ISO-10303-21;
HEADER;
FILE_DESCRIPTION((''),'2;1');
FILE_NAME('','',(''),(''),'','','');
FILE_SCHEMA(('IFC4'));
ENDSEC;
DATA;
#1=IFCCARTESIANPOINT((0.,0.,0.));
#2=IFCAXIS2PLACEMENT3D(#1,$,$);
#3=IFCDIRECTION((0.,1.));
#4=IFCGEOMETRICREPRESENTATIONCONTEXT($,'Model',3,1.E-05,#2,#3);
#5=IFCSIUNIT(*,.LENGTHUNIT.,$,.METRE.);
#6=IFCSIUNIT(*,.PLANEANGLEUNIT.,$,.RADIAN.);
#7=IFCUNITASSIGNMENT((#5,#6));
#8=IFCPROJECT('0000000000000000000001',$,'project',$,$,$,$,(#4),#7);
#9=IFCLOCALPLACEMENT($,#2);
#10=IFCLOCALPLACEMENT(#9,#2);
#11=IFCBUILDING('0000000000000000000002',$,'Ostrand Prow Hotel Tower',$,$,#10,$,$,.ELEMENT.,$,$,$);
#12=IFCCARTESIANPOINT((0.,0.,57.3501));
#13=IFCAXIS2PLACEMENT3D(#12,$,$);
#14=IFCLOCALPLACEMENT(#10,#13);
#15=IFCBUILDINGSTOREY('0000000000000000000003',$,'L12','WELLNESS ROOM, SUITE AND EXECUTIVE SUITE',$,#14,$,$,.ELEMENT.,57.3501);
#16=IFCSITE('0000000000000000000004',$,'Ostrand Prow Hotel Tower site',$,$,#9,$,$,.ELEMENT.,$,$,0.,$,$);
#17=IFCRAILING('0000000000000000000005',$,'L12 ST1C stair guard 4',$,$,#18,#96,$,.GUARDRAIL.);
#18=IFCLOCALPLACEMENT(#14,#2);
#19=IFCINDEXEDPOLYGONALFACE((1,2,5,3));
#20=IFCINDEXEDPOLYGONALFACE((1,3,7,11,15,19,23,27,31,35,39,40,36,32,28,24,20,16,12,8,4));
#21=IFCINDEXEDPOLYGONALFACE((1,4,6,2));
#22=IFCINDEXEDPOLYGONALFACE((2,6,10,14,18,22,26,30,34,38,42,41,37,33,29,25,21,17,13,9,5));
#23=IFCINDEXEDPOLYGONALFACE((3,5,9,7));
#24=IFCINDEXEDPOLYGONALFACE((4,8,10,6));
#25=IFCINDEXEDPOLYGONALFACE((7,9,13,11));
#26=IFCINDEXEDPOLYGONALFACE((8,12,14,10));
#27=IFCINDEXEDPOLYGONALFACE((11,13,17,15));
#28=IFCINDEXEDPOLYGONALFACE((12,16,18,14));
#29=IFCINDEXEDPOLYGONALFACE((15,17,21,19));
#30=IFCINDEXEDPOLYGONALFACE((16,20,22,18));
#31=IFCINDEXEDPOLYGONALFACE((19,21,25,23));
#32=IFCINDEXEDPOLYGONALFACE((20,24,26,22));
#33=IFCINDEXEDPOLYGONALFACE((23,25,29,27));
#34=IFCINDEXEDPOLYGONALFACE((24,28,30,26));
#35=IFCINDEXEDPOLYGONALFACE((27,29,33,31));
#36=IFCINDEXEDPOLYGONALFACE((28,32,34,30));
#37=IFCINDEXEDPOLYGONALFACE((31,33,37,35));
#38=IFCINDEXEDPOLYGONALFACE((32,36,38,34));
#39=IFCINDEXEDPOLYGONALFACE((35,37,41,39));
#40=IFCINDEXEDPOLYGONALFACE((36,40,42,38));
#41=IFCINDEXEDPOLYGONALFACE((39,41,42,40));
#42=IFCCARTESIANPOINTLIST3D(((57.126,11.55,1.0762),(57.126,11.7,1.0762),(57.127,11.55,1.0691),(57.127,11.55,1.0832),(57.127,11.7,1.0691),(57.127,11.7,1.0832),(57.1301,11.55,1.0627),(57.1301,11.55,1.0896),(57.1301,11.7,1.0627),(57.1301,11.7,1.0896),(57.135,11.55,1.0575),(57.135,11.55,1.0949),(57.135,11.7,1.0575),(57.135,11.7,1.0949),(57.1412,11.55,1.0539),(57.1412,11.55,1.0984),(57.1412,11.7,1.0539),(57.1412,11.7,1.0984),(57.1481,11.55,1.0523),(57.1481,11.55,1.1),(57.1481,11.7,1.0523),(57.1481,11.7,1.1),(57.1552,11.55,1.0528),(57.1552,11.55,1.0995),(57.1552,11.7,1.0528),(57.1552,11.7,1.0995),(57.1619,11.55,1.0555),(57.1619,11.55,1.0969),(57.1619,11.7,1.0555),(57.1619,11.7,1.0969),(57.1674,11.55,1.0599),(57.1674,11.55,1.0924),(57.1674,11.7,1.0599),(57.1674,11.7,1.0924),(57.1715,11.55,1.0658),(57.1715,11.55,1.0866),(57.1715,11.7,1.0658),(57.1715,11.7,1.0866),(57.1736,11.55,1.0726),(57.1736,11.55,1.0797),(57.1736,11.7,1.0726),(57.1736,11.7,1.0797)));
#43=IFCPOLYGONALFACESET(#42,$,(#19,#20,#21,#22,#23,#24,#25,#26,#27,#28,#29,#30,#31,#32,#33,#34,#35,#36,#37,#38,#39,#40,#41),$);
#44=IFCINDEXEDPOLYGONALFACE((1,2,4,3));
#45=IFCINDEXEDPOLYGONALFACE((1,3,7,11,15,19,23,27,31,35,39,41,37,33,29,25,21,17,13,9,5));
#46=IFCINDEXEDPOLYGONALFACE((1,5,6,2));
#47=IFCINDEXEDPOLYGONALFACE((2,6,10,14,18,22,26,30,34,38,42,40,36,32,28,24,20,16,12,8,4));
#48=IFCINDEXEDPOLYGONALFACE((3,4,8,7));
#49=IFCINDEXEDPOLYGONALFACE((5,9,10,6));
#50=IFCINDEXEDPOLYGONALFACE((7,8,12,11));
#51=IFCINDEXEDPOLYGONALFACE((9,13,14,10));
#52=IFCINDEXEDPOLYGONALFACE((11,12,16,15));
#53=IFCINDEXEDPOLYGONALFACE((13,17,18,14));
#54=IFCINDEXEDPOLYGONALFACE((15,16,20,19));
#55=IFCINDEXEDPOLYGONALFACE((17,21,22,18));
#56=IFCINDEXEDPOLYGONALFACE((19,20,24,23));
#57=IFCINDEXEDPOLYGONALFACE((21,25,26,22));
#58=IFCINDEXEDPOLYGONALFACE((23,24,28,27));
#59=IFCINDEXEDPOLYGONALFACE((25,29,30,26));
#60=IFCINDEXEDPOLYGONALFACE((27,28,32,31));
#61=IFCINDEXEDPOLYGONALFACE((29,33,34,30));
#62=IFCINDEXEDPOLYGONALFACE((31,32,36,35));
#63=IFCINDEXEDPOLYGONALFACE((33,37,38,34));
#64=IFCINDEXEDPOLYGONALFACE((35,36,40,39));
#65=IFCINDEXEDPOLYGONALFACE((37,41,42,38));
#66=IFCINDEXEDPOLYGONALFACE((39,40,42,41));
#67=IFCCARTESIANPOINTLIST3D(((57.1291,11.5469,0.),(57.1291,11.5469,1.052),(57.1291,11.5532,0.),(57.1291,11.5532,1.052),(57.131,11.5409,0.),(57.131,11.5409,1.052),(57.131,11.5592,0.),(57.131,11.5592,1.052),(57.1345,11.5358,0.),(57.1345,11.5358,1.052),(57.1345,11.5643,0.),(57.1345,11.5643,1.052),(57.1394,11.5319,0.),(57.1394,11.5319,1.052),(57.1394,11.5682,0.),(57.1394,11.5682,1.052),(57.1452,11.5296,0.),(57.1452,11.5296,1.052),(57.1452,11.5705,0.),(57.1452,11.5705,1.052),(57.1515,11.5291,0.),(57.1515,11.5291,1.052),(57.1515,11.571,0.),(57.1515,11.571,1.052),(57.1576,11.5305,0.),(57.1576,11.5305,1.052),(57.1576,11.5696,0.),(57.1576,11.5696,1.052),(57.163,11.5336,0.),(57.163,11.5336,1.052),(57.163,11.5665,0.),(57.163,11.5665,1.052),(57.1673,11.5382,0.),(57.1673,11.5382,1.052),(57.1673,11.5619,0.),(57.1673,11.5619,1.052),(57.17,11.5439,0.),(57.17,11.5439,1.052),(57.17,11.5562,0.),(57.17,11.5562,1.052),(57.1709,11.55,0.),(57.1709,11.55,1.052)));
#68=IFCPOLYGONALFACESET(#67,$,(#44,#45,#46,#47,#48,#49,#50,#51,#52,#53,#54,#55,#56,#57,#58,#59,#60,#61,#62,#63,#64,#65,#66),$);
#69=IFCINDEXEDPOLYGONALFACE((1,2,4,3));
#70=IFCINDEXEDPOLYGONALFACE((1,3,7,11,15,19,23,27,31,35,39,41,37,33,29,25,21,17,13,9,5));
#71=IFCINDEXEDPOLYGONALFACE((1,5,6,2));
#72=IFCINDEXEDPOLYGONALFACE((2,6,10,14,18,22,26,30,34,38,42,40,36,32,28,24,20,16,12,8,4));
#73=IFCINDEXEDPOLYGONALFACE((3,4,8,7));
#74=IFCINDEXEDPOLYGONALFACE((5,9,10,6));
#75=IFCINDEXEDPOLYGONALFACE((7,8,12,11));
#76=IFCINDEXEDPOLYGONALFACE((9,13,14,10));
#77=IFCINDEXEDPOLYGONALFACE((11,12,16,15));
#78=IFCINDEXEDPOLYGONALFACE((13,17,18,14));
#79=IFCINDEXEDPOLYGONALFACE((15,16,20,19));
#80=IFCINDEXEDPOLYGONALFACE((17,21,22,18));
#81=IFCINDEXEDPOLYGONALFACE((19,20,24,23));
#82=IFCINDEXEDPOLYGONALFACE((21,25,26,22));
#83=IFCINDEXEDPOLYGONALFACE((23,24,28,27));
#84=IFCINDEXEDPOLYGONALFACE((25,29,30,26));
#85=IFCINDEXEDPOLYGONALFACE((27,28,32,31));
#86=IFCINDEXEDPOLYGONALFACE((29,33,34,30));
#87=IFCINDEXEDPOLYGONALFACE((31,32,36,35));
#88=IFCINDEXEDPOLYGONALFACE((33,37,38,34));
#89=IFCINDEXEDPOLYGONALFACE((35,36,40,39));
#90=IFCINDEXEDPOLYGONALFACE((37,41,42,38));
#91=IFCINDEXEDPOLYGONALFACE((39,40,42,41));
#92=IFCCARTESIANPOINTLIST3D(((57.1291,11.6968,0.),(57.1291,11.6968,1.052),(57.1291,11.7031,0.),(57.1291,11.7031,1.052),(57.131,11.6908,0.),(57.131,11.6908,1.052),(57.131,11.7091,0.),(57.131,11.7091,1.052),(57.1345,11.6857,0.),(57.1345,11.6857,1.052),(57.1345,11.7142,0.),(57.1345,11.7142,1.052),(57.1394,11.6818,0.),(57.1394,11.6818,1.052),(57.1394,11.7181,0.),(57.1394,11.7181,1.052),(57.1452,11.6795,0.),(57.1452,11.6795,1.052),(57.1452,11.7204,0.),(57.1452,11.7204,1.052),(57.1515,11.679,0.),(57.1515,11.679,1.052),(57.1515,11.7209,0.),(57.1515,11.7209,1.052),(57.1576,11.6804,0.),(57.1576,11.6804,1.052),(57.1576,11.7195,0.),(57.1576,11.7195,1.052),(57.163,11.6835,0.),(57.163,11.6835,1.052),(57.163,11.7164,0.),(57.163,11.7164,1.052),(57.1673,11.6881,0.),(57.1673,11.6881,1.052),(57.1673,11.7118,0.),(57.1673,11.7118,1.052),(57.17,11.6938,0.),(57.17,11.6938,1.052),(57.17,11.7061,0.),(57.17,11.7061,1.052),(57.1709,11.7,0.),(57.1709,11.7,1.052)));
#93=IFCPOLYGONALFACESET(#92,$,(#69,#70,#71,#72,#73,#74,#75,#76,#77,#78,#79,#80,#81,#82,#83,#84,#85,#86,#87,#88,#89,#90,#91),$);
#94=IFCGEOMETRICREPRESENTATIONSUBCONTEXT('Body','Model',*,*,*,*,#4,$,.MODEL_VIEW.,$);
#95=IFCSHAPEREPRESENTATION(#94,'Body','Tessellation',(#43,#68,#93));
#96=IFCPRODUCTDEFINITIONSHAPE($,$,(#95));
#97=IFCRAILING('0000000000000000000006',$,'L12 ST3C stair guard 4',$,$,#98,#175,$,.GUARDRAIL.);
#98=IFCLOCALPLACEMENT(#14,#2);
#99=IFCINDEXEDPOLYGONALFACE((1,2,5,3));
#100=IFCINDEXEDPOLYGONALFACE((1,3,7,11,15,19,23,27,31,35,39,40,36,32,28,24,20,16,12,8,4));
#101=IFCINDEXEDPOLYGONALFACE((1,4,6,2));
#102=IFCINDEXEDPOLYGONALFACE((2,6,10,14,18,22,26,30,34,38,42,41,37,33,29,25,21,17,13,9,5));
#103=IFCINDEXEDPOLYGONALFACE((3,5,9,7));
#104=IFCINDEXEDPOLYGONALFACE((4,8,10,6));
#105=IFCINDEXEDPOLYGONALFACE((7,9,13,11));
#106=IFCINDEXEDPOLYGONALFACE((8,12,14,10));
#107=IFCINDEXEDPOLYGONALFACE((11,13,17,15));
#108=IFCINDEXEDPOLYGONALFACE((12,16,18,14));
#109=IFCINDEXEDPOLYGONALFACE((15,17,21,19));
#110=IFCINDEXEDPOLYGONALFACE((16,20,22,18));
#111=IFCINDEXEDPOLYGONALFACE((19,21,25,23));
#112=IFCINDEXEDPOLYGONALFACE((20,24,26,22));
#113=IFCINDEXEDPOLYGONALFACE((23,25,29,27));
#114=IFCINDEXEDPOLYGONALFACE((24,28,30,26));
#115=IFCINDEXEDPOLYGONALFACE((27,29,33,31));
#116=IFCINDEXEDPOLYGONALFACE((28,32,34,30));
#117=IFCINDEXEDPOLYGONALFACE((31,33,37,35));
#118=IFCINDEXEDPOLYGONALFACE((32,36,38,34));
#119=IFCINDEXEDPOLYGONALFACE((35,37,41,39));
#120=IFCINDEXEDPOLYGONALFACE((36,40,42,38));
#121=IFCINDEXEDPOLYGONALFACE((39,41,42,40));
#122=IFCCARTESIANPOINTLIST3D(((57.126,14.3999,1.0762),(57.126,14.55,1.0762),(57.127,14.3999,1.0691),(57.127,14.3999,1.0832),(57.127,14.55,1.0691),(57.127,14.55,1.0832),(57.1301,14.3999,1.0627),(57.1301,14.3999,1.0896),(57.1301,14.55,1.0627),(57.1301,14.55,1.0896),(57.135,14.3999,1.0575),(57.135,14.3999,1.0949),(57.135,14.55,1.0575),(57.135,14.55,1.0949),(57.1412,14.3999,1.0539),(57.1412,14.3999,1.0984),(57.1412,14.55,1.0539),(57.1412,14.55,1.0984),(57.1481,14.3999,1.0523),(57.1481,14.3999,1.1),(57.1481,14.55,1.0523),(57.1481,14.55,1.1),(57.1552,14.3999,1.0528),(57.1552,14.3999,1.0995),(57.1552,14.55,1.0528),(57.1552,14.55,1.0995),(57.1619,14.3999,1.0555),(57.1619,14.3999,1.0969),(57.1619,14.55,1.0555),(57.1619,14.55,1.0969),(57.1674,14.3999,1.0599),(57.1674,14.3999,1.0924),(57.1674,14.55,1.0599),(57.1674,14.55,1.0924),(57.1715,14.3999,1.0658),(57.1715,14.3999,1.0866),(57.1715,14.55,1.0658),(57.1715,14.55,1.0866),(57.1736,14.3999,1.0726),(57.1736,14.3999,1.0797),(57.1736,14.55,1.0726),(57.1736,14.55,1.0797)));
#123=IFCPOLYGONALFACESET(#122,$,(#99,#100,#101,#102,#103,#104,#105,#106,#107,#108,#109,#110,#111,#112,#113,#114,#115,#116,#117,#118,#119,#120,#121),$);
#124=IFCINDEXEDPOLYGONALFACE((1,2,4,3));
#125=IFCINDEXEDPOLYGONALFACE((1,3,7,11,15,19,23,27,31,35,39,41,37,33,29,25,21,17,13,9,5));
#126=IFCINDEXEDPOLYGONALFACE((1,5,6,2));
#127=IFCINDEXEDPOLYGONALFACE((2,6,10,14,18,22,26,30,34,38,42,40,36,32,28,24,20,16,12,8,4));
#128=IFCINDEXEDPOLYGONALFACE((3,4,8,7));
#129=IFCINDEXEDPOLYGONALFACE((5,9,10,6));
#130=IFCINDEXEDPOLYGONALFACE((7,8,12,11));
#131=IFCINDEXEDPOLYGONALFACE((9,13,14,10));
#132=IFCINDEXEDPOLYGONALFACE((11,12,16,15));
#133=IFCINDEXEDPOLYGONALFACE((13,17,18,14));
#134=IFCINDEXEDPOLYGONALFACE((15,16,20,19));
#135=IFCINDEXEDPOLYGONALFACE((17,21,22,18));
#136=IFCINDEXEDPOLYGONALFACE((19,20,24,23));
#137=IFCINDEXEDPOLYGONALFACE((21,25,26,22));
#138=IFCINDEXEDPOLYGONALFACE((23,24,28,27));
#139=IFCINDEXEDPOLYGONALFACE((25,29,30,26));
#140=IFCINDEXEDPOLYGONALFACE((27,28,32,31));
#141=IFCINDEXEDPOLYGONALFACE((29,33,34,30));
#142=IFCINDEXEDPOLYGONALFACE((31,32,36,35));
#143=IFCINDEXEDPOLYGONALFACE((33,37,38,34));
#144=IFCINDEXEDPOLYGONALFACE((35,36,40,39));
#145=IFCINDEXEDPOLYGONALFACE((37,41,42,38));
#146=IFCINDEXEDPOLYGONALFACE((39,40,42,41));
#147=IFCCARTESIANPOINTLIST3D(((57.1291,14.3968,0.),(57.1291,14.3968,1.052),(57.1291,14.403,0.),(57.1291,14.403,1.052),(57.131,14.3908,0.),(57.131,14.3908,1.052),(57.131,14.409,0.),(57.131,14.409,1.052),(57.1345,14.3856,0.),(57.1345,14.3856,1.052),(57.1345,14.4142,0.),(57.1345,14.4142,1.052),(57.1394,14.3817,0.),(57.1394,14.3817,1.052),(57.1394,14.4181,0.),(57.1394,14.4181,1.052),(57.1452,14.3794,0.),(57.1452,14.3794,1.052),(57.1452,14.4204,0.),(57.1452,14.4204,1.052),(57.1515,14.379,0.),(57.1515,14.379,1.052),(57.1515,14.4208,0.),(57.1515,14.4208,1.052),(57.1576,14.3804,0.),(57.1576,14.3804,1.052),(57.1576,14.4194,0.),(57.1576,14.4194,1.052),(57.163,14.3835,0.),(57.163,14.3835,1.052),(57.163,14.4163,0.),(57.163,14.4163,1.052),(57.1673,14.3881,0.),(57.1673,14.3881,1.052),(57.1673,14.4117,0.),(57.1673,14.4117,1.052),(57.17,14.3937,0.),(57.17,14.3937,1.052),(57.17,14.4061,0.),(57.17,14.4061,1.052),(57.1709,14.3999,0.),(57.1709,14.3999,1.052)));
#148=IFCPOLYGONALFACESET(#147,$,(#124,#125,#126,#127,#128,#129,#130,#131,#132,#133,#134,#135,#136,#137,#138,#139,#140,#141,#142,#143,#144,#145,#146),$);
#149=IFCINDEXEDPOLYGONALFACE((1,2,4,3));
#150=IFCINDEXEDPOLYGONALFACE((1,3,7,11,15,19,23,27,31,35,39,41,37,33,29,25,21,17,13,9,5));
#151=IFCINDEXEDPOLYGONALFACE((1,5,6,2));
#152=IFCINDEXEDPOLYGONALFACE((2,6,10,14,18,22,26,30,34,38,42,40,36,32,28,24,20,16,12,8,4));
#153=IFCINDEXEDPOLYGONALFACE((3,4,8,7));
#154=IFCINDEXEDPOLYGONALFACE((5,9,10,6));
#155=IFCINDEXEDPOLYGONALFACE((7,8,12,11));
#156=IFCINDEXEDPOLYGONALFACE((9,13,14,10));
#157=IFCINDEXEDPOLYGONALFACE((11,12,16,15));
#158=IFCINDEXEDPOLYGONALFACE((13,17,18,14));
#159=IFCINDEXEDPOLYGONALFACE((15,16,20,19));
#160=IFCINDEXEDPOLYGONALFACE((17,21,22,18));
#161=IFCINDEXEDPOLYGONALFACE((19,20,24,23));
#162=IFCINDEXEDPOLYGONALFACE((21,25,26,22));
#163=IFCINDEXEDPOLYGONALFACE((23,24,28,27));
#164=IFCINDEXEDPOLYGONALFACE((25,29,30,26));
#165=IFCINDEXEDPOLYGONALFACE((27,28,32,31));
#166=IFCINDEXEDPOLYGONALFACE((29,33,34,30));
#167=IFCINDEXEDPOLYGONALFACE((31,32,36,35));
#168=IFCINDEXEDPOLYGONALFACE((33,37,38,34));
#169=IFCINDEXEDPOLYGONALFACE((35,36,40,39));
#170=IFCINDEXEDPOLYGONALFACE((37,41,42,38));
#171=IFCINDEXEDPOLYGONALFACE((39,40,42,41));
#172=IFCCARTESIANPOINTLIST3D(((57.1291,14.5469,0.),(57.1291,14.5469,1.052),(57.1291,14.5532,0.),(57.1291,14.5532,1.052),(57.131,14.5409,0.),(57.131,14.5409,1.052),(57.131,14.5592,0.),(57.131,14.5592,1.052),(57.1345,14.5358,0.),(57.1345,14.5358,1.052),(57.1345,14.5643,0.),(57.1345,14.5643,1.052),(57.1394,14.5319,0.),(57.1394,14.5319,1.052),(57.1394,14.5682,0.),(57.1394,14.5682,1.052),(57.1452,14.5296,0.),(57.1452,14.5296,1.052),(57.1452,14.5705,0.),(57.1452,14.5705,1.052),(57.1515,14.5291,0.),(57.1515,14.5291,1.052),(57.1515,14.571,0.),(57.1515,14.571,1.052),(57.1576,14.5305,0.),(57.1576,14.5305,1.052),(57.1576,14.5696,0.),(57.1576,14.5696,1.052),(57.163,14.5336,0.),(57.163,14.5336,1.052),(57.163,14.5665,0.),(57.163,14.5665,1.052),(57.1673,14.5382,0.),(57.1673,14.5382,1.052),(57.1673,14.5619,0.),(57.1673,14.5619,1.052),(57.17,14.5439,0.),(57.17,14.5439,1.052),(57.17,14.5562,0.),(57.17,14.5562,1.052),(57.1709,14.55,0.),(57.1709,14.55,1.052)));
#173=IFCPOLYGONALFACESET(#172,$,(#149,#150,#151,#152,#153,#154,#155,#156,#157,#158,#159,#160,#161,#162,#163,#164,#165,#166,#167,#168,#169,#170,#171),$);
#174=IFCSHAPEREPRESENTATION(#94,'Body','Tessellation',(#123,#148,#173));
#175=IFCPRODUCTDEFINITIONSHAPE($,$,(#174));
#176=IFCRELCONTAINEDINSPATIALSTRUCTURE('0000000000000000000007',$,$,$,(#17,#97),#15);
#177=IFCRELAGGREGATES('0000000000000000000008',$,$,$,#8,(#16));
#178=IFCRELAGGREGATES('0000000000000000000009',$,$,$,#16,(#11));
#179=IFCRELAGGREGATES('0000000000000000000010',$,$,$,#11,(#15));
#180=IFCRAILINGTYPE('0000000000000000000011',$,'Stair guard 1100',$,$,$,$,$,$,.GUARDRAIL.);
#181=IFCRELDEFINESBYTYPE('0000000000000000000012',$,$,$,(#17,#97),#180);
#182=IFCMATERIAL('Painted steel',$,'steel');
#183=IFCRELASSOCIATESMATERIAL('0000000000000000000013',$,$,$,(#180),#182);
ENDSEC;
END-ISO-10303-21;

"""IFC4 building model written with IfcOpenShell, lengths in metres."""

from ifc_helpers import new_model, si_unit, direction, frame, origin, origin_2d, place, context, subcontext, project, spatial, circle, extrude, material, type_object, element, save


model = new_model("IFC4")

# Units and contexts
model_context = context("Model", 3, precision=1e-05, world=origin(), true_north=direction((0.0, 1.0)))
body_context = subcontext(model_context, "Body", "Model", "MODEL_VIEW")
ifc_project = project(units=[si_unit("LENGTHUNIT", "METRE"), si_unit("PLANEANGLEUNIT", "RADIAN")], contexts=[model_context])

# Site, building, storey
site_placement = place(None, origin())
site = spatial("IfcSite", under=ifc_project, at=site_placement, Name="Ostrand Prow Hotel Tower site", CompositionType="ELEMENT", RefElevation=0.0)
building_placement = place(site_placement, origin())
building = spatial("IfcBuilding", under=site, at=building_placement, Name="Ostrand Prow Hotel Tower", CompositionType="ELEMENT")
storey_placement = place(building_placement, frame((0.0, 0.0, 57.3501)))
storey = spatial("IfcBuildingStorey", under=building, at=storey_placement, Name="L12", Description="WELLNESS ROOM, SUITE AND EXECUTIVE SUITE", CompositionType="ELEMENT", Elevation=57.3501)

# Railings
ifc_material_1 = material(Name="Painted steel", Category="steel")
railing_type = type_object("IfcRailingType", Name="Stair guard 1100", PredefinedType="GUARDRAIL", material=ifc_material_1)
railing_1_placement = place(storey_placement, frame((57.1499, 11.55, 0.0)))
element("IfcRailing", 1, at=railing_1_placement, inside=storey, type_object=railing_type, Name="L12 ST1C stair guard 4", PredefinedType="GUARDRAIL", context=body_context, shape_type="SweptSolid", body=[
    extrude(circle(Radius=0.0239, at=origin_2d()), frame((0.0, 0.0, 1.0762), z_axis=(0.0, 1.0, 0.0), x_axis=(-1.0, 0.0, 0.0)), (0.0, 0.0, 1.0), 0.1499),
    extrude(circle(Radius=0.021, at=origin_2d()), origin(), (0.0, 0.0, 1.0), 1.052),
    extrude(circle(Radius=0.021, at=origin_2d()), frame((0.0, 0.1499, 0.0)), (0.0, 0.0, 1.0), 1.052),
])
railing_2_placement = place(storey_placement, frame((57.1499, 14.3999, 0.0)))
element("IfcRailing", 2, at=railing_2_placement, inside=storey, type_object=railing_type, Name="L12 ST3C stair guard 4", PredefinedType="GUARDRAIL", context=body_context, shape_type="SweptSolid", body=[
    extrude(circle(Radius=0.0239, at=origin_2d()), frame((0.0, 0.0, 1.0762), z_axis=(0.0, 1.0, 0.0), x_axis=(-1.0, 0.0, 0.0)), (0.0, 0.0, 1.0), 0.1501),
    extrude(circle(Radius=0.021, at=origin_2d()), origin(), (0.0, 0.0, 1.0), 1.052),
    extrude(circle(Radius=0.021, at=origin_2d()), frame((0.0, 0.1501, 0.0)), (0.0, 0.0, 1.0), 1.052),
])

save(model, "model.ifc")
